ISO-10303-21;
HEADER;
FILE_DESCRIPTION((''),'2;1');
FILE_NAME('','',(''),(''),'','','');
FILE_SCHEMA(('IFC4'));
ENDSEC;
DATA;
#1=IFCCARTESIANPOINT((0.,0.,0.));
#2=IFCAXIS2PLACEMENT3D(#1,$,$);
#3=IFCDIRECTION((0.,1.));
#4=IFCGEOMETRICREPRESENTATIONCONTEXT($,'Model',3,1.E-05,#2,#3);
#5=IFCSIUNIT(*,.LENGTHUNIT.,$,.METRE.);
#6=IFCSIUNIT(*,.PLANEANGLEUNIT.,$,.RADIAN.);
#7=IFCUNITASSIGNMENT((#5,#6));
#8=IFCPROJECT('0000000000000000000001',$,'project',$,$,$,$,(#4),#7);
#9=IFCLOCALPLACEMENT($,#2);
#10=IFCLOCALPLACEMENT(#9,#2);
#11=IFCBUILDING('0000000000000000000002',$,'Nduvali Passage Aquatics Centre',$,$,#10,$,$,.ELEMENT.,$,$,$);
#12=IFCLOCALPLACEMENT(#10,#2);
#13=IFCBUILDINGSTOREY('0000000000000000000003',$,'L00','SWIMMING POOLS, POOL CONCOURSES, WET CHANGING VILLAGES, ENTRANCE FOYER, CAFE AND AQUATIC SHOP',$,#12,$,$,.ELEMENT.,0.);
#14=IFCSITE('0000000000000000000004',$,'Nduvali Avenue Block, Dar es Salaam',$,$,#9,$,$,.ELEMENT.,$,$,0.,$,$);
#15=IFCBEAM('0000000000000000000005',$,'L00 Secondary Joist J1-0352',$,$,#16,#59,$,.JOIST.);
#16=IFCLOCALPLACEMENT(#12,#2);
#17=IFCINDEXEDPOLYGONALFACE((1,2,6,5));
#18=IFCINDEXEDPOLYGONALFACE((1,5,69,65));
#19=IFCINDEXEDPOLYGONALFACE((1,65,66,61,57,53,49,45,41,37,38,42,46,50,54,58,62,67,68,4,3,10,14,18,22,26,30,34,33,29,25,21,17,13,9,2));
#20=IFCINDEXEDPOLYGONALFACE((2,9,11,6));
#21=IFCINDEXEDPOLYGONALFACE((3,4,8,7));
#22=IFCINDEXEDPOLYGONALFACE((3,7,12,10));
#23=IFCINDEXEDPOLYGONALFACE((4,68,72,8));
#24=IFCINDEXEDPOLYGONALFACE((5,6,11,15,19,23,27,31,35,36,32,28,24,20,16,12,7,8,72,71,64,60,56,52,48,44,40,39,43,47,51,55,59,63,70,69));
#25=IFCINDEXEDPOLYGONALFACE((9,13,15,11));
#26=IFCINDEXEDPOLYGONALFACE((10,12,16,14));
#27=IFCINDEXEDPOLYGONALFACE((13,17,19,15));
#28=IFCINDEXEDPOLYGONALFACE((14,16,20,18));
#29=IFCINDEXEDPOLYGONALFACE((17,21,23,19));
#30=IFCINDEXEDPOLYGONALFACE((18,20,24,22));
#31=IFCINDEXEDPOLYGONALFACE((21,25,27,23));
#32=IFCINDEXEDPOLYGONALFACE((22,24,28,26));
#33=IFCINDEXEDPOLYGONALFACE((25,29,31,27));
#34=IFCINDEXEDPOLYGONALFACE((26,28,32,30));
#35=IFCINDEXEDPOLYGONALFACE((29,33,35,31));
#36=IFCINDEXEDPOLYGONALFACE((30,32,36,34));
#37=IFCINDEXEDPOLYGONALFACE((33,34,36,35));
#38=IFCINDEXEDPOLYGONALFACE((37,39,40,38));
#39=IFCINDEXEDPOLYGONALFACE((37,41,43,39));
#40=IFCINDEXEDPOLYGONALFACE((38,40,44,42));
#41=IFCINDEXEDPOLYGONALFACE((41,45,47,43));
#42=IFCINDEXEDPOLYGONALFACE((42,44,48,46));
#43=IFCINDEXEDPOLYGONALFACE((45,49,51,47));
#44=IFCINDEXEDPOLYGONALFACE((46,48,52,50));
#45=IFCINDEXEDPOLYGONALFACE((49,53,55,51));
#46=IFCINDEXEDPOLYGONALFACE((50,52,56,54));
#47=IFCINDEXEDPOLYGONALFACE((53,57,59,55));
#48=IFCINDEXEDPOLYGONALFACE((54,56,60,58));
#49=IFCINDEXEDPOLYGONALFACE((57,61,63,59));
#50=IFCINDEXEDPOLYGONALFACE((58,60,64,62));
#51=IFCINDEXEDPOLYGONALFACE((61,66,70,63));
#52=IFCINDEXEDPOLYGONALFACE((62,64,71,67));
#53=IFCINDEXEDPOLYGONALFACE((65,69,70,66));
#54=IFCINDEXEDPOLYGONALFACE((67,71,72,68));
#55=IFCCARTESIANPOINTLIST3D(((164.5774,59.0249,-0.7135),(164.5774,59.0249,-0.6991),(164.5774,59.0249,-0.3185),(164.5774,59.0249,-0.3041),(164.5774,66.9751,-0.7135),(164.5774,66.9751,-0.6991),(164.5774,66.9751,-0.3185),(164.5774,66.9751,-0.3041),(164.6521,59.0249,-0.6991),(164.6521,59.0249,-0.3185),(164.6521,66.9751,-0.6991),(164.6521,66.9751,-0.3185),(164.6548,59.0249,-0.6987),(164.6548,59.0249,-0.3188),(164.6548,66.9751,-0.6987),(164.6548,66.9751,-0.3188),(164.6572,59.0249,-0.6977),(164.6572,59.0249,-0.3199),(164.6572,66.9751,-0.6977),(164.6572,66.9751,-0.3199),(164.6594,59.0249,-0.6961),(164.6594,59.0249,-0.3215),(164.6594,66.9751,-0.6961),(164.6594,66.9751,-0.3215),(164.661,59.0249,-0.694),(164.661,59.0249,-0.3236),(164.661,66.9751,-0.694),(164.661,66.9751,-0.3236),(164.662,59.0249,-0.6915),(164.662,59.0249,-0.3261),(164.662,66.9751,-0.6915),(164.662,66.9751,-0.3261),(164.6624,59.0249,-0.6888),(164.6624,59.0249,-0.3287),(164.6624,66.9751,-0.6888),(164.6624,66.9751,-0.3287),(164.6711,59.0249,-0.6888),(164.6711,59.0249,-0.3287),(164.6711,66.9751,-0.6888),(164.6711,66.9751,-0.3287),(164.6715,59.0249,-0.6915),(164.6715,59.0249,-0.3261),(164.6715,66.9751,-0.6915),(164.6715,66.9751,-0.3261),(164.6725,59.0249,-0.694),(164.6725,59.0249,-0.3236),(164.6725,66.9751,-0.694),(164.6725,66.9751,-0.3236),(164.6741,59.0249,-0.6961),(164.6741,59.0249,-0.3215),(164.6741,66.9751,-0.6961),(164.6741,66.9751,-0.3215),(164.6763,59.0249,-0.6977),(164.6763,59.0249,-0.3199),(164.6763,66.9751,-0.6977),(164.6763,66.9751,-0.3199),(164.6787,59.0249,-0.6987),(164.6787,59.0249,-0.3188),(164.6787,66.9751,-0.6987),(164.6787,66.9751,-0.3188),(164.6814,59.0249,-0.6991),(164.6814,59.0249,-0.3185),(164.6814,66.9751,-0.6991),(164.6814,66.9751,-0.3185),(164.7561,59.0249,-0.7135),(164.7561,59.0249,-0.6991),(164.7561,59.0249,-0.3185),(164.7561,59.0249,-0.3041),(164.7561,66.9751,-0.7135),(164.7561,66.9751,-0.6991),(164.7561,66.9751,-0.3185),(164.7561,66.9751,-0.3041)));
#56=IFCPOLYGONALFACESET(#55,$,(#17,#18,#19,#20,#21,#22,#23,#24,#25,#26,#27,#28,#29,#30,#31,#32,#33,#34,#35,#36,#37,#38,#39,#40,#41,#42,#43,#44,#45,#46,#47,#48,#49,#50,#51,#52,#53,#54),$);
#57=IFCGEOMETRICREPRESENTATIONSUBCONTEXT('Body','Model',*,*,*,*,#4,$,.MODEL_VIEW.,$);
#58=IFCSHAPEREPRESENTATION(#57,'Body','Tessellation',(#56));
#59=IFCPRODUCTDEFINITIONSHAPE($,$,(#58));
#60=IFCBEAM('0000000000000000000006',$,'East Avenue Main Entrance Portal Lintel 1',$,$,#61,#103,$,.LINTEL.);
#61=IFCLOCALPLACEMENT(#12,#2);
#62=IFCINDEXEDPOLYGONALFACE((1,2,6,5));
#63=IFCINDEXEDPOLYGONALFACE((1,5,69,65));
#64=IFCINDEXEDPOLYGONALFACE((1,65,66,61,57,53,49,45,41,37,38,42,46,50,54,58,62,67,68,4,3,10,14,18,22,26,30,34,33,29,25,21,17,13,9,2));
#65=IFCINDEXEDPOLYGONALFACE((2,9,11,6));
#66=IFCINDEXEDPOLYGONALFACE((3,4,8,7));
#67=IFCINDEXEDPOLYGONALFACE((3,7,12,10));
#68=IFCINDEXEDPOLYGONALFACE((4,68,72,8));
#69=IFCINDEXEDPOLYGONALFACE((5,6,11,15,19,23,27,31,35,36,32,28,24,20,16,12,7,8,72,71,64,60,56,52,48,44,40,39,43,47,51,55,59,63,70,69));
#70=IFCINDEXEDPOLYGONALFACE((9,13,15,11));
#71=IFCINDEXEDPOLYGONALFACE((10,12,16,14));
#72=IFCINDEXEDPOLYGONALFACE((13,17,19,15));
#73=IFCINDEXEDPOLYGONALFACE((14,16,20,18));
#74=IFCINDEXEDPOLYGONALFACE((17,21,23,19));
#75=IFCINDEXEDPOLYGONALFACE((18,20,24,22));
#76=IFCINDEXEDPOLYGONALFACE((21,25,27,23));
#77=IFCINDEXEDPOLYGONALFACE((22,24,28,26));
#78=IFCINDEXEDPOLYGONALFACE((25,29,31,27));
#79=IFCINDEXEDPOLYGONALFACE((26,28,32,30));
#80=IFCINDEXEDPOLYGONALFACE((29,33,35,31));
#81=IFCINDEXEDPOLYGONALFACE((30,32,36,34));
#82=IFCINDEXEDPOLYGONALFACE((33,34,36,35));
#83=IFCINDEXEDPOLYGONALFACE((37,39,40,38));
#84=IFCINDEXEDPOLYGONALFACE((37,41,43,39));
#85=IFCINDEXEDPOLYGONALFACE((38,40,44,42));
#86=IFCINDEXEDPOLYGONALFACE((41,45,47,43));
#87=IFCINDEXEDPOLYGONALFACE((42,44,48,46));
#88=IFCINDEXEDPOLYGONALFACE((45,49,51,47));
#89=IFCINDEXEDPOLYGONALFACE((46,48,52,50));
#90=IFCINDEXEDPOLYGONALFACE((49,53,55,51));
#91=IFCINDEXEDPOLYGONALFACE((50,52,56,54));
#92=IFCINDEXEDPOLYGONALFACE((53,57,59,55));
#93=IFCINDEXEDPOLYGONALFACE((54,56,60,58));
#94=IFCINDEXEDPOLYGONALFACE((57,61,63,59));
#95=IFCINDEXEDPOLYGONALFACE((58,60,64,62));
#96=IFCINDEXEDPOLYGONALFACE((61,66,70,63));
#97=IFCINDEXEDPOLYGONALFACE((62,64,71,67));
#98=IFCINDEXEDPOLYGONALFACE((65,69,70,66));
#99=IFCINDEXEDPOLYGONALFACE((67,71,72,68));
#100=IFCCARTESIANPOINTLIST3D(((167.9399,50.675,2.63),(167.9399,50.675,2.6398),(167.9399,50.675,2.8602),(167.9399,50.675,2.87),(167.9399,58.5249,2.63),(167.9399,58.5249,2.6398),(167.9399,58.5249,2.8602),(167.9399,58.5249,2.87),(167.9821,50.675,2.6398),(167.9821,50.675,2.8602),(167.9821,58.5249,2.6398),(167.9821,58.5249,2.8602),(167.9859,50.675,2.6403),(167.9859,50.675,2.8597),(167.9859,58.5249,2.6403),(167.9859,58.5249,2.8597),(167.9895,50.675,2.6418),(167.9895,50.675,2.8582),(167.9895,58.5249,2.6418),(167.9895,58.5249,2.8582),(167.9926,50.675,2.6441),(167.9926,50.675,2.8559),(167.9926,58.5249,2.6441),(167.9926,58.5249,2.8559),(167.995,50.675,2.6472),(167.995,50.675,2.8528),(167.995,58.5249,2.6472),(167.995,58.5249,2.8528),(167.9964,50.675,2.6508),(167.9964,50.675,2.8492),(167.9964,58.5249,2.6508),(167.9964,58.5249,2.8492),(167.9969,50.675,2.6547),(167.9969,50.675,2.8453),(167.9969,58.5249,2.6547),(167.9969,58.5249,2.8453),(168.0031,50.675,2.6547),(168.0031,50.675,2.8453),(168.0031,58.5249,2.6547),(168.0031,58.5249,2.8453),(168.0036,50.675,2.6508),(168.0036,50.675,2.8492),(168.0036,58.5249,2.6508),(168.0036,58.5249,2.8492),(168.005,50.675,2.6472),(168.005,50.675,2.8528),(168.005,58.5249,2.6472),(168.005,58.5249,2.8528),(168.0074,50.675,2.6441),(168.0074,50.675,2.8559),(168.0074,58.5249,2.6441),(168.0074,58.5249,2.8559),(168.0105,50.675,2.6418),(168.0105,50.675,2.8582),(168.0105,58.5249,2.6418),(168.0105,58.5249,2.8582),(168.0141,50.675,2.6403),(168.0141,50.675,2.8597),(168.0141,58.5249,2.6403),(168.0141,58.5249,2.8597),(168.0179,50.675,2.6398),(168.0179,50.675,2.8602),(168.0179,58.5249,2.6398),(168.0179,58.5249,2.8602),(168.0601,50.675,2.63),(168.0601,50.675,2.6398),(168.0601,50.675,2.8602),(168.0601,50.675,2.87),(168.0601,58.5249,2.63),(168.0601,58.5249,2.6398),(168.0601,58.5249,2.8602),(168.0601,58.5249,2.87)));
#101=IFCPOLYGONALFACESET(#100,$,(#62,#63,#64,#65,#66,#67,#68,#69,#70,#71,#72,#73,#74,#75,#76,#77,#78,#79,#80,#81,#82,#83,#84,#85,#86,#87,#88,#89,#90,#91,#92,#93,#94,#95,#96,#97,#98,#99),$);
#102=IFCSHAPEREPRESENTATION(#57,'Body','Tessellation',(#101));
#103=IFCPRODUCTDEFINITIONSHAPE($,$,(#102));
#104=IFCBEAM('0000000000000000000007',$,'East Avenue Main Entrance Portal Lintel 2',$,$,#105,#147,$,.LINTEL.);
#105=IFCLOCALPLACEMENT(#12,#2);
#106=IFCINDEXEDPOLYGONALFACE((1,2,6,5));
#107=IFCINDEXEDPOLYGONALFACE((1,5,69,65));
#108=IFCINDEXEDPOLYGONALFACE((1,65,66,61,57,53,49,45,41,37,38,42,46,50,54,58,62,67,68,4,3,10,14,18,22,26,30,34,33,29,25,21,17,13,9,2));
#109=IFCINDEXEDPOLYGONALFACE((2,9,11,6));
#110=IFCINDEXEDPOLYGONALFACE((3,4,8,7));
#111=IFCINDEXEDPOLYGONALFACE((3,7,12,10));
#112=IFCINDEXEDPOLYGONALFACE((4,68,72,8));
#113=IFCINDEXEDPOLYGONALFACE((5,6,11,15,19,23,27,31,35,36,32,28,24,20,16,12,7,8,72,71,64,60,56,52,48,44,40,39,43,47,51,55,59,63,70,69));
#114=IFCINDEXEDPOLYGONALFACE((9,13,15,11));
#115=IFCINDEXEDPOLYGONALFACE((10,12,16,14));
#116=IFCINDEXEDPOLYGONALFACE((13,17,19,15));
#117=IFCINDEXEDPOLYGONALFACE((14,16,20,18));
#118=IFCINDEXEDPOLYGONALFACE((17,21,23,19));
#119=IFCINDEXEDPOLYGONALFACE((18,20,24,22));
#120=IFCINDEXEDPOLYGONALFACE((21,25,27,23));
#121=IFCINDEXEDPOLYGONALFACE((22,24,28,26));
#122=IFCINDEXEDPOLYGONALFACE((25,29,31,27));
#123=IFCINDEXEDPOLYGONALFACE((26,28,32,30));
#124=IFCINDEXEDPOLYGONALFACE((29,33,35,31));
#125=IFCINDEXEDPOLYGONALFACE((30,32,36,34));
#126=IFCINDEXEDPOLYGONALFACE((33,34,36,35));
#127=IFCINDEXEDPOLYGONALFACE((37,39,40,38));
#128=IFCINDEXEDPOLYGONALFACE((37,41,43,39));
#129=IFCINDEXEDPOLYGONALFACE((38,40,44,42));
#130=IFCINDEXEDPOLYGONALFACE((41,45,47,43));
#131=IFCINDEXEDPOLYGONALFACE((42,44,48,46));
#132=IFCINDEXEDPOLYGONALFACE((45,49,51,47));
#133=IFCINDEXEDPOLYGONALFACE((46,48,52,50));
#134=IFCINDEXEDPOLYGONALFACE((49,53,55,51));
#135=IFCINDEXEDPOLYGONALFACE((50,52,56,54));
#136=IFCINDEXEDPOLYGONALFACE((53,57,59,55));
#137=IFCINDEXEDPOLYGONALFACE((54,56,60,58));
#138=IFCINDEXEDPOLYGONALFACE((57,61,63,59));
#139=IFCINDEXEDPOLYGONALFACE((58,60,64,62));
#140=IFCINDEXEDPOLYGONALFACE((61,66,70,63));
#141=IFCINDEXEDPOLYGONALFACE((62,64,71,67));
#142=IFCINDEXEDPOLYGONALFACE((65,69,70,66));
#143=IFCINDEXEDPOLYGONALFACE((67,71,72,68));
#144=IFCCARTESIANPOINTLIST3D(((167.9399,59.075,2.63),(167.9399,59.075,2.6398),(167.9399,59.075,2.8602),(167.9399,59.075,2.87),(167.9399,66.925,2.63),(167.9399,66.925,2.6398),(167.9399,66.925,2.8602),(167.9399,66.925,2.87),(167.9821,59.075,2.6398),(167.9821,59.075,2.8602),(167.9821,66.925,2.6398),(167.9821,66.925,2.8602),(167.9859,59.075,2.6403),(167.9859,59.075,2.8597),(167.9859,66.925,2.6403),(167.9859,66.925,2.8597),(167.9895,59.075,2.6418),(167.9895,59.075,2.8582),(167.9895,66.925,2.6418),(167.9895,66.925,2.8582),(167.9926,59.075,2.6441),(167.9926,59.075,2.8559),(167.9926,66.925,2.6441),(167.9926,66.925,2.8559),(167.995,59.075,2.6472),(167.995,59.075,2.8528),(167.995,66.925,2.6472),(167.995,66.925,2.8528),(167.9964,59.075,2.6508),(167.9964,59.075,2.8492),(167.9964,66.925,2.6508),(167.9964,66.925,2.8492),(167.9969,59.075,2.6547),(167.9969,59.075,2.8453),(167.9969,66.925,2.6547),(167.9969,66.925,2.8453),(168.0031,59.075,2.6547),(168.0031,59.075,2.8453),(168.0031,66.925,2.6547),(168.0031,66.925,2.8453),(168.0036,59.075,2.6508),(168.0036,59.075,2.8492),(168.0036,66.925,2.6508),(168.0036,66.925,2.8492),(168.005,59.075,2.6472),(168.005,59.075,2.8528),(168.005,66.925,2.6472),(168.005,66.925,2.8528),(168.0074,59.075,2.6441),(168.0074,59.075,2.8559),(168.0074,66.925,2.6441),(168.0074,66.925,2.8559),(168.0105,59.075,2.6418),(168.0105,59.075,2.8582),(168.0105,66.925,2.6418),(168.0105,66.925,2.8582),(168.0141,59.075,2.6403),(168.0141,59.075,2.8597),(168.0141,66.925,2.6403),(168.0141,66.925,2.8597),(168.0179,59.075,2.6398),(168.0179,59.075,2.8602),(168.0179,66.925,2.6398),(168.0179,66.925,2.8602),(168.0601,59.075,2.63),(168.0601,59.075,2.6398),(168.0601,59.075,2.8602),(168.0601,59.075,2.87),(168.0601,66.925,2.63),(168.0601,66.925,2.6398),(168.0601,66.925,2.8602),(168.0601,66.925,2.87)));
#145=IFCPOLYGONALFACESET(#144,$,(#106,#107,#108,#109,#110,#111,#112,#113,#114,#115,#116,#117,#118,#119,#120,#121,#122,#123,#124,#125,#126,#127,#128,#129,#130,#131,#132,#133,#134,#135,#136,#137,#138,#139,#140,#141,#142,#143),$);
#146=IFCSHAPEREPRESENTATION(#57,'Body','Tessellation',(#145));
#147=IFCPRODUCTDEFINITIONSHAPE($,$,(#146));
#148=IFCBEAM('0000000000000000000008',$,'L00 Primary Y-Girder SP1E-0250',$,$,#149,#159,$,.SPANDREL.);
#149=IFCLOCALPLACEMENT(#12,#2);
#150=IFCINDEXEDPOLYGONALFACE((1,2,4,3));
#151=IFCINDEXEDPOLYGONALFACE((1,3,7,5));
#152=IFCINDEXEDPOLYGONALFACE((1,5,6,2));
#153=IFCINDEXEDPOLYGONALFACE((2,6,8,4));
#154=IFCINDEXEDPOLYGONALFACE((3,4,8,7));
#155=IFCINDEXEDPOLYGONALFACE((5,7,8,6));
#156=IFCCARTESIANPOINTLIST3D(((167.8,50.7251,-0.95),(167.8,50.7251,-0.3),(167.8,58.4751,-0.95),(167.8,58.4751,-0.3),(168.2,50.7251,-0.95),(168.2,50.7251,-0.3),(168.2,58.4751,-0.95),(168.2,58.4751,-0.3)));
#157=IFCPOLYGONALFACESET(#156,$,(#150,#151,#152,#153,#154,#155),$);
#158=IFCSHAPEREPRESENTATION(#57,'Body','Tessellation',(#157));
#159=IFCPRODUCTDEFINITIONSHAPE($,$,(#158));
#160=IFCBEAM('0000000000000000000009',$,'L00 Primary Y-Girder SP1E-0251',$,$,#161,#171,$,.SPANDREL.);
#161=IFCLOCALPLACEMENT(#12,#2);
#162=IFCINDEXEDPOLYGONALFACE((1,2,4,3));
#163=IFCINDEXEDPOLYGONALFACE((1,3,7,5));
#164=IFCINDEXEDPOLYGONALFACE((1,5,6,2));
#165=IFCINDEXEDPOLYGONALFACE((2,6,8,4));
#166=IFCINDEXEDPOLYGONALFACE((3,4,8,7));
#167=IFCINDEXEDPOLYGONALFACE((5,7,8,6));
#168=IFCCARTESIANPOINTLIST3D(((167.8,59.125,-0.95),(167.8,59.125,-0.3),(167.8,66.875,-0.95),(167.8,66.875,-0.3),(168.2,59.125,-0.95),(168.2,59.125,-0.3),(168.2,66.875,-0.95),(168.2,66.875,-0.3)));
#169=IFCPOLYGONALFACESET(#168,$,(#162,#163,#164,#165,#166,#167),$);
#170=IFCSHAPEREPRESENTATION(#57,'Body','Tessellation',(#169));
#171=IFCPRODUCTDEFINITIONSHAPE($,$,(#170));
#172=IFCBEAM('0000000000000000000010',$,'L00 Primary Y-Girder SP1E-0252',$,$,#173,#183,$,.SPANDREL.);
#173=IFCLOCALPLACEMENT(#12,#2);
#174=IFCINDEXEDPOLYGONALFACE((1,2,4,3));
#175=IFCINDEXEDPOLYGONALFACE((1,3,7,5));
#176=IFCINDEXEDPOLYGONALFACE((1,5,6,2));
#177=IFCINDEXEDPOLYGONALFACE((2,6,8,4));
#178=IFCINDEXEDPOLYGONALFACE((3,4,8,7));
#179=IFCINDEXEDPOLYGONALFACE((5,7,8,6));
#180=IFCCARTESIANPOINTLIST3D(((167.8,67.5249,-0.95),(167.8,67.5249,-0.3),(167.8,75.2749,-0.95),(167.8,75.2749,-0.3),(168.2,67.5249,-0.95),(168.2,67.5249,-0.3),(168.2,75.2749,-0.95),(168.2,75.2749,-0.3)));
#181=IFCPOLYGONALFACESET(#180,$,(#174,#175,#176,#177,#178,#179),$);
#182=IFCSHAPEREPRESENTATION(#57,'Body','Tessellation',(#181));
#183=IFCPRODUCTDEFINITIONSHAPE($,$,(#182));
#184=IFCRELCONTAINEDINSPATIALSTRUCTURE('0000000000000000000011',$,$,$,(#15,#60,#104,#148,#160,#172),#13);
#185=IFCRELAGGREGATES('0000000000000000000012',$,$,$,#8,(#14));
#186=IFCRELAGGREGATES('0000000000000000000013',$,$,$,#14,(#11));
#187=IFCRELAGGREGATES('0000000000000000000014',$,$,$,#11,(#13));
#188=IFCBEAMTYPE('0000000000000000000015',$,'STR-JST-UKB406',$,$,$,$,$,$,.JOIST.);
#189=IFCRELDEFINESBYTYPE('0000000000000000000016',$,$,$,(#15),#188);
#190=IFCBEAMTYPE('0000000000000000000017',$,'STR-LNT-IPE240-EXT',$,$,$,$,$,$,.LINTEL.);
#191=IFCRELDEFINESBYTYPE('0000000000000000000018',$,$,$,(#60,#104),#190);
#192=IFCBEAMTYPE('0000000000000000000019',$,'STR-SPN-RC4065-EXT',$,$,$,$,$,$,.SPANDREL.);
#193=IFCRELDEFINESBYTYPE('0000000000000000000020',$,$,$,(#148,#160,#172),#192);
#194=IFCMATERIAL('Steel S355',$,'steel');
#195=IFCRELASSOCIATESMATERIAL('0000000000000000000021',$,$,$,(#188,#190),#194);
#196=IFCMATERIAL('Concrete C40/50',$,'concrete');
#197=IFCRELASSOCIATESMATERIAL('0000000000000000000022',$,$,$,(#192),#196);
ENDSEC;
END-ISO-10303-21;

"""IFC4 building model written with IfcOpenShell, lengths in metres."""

from ifc_helpers import new_model, si_unit, direction, frame, origin, origin_2d, place, context, subcontext, project, spatial, rectangle, i_section, extrude, material, material_profile, profile_set, type_object, element, save


model = new_model("IFC4")

# Units and contexts
model_context = context("Model", 3, precision=1e-05, world=origin(), true_north=direction((0.0, 1.0)))
body_context = subcontext(model_context, "Body", "Model", "MODEL_VIEW")
ifc_project = project(units=[si_unit("LENGTHUNIT", "METRE"), si_unit("PLANEANGLEUNIT", "RADIAN")], contexts=[model_context])

# Site, building, storey
site_placement = place(None, origin())
site = spatial("IfcSite", under=ifc_project, at=site_placement, Name="Nduvali Avenue Block, Dar es Salaam", CompositionType="ELEMENT", RefElevation=0.0)
building_placement = place(site_placement, origin())
building = spatial("IfcBuilding", under=site, at=building_placement, Name="Nduvali Passage Aquatics Centre", CompositionType="ELEMENT")
storey_placement = place(building_placement, origin())
storey = spatial("IfcBuildingStorey", under=building, at=storey_placement, Name="L00", Description="SWIMMING POOLS, POOL CONCOURSES, WET CHANGING VILLAGES, ENTRANCE FOYER, CAFE AND AQUATIC SHOP", CompositionType="ELEMENT", Elevation=0.0)

# Shared definitions
ifc_material_1 = material(Name="Concrete C40/50", Category="concrete")

# Beams
ifc_material_2 = material(Name="Steel S355", Category="steel")
ifc_material_profile_1 = material_profile(ifc_material_2, i_section(OverallWidth=0.1787, OverallDepth=0.4094, WebThickness=0.0088, FlangeThickness=0.0144, FilletRadius=0.0103, at=origin_2d()), Name="UKB 406x178x67")
ifc_profile_set_1 = profile_set([ifc_material_profile_1], Name="Steel S355")
beam_type_1 = type_object("IfcBeamType", Name="STR-JST-UKB406", PredefinedType="JOIST", material=ifc_profile_set_1)
for number, where, z_axis, x_axis, name in (
    (1, (164.6667, 59.0249, -0.5088), (0.0, 1.0, 0.0), (-1.0, 0.0, 0.0), "L00 Secondary Joist J1-0352"),
):
    element("IfcBeam", number, at=place(storey_placement, frame(where, z_axis=z_axis, x_axis=x_axis)), inside=storey, type_object=beam_type_1, Name=name, PredefinedType="JOIST", context=body_context, shape_type="SweptSolid", body=[
        extrude(i_section(OverallWidth=0.1787, OverallDepth=0.4094, WebThickness=0.0088, FlangeThickness=0.0144, FilletRadius=0.0103, at=origin_2d()), origin(), (0.0, 0.0, 1.0), 7.9502),
    ])
ifc_material_profile_2 = material_profile(ifc_material_2, i_section(OverallWidth=0.1201, OverallDepth=0.24, WebThickness=0.0061, FlangeThickness=0.0098, FilletRadius=0.0149, at=origin_2d()), Name="IPE 240")
ifc_profile_set_2 = profile_set([ifc_material_profile_2], Name="Steel S355")
beam_type_2 = type_object("IfcBeamType", Name="STR-LNT-IPE240-EXT", PredefinedType="LINTEL", material=ifc_profile_set_2)
beam_1_placement = place(storey_placement, frame((168.0, 50.675, 2.75), z_axis=(0.0, 1.0, 0.0), x_axis=(-1.0, 0.0, 0.0)))
element("IfcBeam", 2, at=beam_1_placement, inside=storey, type_object=beam_type_2, Name="East Avenue Main Entrance Portal Lintel 1", PredefinedType="LINTEL", context=body_context, shape_type="SweptSolid", body=[
    extrude(i_section(OverallWidth=0.1201, OverallDepth=0.24, WebThickness=0.0061, FlangeThickness=0.0098, FilletRadius=0.0149, at=origin_2d()), origin(), (0.0, 0.0, 1.0), 7.8499),
])
beam_2_placement = place(storey_placement, frame((168.0, 59.075, 2.75), z_axis=(0.0, 1.0, 0.0), x_axis=(-1.0, 0.0, 0.0)))
element("IfcBeam", 3, at=beam_2_placement, inside=storey, type_object=beam_type_2, Name="East Avenue Main Entrance Portal Lintel 2", PredefinedType="LINTEL", context=body_context, shape_type="SweptSolid", body=[
    extrude(i_section(OverallWidth=0.1201, OverallDepth=0.24, WebThickness=0.0061, FlangeThickness=0.0098, FilletRadius=0.0149, at=origin_2d()), origin(), (0.0, 0.0, 1.0), 7.8501),
])
ifc_material_profile_3 = material_profile(ifc_material_1, rectangle(XDim=0.3999, YDim=0.6499, at=origin_2d()), Name="RC 400x650")
ifc_profile_set_3 = profile_set([ifc_material_profile_3], Name="Concrete C40/50")
beam_type_3 = type_object("IfcBeamType", Name="STR-SPN-RC4065-EXT", PredefinedType="SPANDREL", material=ifc_profile_set_3)
for number, where, z_axis, x_axis, name in (
    (4, (168.0, 50.7251, -0.625), (0.0, 1.0, 0.0), (-1.0, 0.0, 0.0), "L00 Primary Y-Girder SP1E-0250"),
    (5, (168.0, 59.125, -0.625), (0.0, 1.0, 0.0), (-1.0, 0.0, 0.0), "L00 Primary Y-Girder SP1E-0251"),
    (6, (168.0, 67.5249, -0.625), (0.0, 1.0, 0.0), (-1.0, 0.0, 0.0), "L00 Primary Y-Girder SP1E-0252"),
):
    element("IfcBeam", number, at=place(storey_placement, frame(where, z_axis=z_axis, x_axis=x_axis)), inside=storey, type_object=beam_type_3, Name=name, PredefinedType="SPANDREL", context=body_context, shape_type="SweptSolid", body=[
        extrude(rectangle(XDim=0.3999, YDim=0.6499, at=origin_2d()), origin(), (0.0, 0.0, 1.0), 7.75),
    ])

save(model, "model.ifc")
